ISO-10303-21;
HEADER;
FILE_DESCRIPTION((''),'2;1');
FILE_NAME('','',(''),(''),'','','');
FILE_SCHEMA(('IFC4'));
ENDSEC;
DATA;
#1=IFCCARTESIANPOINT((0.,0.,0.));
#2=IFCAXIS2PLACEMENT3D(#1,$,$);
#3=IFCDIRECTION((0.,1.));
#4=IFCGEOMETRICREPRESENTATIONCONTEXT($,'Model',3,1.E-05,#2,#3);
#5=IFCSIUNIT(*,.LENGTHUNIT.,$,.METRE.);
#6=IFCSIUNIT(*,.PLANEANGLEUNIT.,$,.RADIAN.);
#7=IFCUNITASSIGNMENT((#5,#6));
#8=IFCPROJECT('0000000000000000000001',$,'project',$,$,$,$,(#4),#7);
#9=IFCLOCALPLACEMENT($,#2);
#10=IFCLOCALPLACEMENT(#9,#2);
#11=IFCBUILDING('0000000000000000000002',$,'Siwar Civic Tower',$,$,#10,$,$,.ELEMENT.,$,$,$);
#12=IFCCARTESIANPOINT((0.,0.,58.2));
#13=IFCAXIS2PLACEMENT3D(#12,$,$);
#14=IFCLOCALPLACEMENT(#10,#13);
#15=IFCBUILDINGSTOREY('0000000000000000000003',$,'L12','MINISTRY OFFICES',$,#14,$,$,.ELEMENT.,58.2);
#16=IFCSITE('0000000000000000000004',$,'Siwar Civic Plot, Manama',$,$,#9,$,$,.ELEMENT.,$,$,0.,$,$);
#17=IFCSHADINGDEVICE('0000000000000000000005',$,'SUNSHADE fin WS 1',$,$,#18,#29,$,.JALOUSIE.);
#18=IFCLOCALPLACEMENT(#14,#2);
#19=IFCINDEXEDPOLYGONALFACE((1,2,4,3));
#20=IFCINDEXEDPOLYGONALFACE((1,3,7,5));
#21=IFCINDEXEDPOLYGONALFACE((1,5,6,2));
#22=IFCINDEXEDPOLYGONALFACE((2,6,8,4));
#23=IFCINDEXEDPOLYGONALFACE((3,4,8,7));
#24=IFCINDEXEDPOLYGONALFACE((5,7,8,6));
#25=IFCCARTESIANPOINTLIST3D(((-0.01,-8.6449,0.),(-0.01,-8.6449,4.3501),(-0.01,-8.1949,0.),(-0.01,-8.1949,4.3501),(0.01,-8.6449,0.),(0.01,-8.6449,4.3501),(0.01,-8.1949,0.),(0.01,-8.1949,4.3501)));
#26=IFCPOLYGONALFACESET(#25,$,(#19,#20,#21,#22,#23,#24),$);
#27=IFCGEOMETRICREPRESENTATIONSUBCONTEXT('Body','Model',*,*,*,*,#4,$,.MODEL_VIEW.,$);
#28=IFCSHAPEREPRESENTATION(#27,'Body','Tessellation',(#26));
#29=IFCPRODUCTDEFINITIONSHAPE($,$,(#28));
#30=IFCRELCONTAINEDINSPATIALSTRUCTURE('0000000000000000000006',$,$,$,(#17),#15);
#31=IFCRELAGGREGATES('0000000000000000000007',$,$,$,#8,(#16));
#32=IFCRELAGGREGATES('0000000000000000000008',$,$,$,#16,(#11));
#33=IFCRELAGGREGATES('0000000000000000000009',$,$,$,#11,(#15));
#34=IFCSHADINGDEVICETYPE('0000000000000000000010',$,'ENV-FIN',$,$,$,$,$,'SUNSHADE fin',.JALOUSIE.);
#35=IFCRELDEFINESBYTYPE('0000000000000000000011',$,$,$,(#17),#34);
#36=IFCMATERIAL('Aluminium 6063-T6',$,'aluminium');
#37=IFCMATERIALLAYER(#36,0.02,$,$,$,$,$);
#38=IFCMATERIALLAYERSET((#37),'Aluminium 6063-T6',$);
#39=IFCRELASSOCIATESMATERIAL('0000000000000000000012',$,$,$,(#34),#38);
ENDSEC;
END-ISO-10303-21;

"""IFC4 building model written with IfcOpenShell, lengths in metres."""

from ifc_helpers import new_model, si_unit, direction, frame, origin, origin_2d, place, context, subcontext, project, spatial, rectangle, extrude, material, layer, layer_set, type_object, element, save


model = new_model("IFC4")

# Units and contexts
model_context = context("Model", 3, precision=1e-05, world=origin(), true_north=direction((0.0, 1.0)))
body_context = subcontext(model_context, "Body", "Model", "MODEL_VIEW")
ifc_project = project(units=[si_unit("LENGTHUNIT", "METRE"), si_unit("PLANEANGLEUNIT", "RADIAN")], contexts=[model_context])

# Site, building, storey
site_placement = place(None, origin())
site = spatial("IfcSite", under=ifc_project, at=site_placement, Name="Siwar Civic Plot, Manama", CompositionType="ELEMENT", RefElevation=0.0)
building_placement = place(site_placement, origin())
building = spatial("IfcBuilding", under=site, at=building_placement, Name="Siwar Civic Tower", CompositionType="ELEMENT")
storey_placement = place(building_placement, frame((0.0, 0.0, 58.2)))
storey = spatial("IfcBuildingStorey", under=building, at=storey_placement, Name="L12", Description="MINISTRY OFFICES", CompositionType="ELEMENT", Elevation=58.2)

# Shading device
ifc_material_1 = material(Name="Aluminium 6063-T6", Category="aluminium")
ifc_layer_1 = layer(ifc_material_1, 0.02)
ifc_layer_set_1 = layer_set([ifc_layer_1], Name="Aluminium 6063-T6")
shading_device_type = type_object("IfcShadingDeviceType", Name="ENV-FIN", ElementType="SUNSHADE fin", PredefinedType="JALOUSIE", material=ifc_layer_set_1)
shading_device_placement = place(storey_placement, frame((0.0, -8.4199, 0.0), z_axis=(0.0, 0.0, 1.0), x_axis=(1.0, 0.0, 0.0)))
element("IfcShadingDevice", 1, at=shading_device_placement, inside=storey, type_object=shading_device_type, Name="SUNSHADE fin WS 1", PredefinedType="JALOUSIE", context=body_context, shape_type="SweptSolid", body=[
    extrude(rectangle(XDim=0.02, YDim=0.45, at=origin_2d()), origin(), (0.0, 0.0, 1.0), 4.3501),
])

save(model, "model.ifc")
